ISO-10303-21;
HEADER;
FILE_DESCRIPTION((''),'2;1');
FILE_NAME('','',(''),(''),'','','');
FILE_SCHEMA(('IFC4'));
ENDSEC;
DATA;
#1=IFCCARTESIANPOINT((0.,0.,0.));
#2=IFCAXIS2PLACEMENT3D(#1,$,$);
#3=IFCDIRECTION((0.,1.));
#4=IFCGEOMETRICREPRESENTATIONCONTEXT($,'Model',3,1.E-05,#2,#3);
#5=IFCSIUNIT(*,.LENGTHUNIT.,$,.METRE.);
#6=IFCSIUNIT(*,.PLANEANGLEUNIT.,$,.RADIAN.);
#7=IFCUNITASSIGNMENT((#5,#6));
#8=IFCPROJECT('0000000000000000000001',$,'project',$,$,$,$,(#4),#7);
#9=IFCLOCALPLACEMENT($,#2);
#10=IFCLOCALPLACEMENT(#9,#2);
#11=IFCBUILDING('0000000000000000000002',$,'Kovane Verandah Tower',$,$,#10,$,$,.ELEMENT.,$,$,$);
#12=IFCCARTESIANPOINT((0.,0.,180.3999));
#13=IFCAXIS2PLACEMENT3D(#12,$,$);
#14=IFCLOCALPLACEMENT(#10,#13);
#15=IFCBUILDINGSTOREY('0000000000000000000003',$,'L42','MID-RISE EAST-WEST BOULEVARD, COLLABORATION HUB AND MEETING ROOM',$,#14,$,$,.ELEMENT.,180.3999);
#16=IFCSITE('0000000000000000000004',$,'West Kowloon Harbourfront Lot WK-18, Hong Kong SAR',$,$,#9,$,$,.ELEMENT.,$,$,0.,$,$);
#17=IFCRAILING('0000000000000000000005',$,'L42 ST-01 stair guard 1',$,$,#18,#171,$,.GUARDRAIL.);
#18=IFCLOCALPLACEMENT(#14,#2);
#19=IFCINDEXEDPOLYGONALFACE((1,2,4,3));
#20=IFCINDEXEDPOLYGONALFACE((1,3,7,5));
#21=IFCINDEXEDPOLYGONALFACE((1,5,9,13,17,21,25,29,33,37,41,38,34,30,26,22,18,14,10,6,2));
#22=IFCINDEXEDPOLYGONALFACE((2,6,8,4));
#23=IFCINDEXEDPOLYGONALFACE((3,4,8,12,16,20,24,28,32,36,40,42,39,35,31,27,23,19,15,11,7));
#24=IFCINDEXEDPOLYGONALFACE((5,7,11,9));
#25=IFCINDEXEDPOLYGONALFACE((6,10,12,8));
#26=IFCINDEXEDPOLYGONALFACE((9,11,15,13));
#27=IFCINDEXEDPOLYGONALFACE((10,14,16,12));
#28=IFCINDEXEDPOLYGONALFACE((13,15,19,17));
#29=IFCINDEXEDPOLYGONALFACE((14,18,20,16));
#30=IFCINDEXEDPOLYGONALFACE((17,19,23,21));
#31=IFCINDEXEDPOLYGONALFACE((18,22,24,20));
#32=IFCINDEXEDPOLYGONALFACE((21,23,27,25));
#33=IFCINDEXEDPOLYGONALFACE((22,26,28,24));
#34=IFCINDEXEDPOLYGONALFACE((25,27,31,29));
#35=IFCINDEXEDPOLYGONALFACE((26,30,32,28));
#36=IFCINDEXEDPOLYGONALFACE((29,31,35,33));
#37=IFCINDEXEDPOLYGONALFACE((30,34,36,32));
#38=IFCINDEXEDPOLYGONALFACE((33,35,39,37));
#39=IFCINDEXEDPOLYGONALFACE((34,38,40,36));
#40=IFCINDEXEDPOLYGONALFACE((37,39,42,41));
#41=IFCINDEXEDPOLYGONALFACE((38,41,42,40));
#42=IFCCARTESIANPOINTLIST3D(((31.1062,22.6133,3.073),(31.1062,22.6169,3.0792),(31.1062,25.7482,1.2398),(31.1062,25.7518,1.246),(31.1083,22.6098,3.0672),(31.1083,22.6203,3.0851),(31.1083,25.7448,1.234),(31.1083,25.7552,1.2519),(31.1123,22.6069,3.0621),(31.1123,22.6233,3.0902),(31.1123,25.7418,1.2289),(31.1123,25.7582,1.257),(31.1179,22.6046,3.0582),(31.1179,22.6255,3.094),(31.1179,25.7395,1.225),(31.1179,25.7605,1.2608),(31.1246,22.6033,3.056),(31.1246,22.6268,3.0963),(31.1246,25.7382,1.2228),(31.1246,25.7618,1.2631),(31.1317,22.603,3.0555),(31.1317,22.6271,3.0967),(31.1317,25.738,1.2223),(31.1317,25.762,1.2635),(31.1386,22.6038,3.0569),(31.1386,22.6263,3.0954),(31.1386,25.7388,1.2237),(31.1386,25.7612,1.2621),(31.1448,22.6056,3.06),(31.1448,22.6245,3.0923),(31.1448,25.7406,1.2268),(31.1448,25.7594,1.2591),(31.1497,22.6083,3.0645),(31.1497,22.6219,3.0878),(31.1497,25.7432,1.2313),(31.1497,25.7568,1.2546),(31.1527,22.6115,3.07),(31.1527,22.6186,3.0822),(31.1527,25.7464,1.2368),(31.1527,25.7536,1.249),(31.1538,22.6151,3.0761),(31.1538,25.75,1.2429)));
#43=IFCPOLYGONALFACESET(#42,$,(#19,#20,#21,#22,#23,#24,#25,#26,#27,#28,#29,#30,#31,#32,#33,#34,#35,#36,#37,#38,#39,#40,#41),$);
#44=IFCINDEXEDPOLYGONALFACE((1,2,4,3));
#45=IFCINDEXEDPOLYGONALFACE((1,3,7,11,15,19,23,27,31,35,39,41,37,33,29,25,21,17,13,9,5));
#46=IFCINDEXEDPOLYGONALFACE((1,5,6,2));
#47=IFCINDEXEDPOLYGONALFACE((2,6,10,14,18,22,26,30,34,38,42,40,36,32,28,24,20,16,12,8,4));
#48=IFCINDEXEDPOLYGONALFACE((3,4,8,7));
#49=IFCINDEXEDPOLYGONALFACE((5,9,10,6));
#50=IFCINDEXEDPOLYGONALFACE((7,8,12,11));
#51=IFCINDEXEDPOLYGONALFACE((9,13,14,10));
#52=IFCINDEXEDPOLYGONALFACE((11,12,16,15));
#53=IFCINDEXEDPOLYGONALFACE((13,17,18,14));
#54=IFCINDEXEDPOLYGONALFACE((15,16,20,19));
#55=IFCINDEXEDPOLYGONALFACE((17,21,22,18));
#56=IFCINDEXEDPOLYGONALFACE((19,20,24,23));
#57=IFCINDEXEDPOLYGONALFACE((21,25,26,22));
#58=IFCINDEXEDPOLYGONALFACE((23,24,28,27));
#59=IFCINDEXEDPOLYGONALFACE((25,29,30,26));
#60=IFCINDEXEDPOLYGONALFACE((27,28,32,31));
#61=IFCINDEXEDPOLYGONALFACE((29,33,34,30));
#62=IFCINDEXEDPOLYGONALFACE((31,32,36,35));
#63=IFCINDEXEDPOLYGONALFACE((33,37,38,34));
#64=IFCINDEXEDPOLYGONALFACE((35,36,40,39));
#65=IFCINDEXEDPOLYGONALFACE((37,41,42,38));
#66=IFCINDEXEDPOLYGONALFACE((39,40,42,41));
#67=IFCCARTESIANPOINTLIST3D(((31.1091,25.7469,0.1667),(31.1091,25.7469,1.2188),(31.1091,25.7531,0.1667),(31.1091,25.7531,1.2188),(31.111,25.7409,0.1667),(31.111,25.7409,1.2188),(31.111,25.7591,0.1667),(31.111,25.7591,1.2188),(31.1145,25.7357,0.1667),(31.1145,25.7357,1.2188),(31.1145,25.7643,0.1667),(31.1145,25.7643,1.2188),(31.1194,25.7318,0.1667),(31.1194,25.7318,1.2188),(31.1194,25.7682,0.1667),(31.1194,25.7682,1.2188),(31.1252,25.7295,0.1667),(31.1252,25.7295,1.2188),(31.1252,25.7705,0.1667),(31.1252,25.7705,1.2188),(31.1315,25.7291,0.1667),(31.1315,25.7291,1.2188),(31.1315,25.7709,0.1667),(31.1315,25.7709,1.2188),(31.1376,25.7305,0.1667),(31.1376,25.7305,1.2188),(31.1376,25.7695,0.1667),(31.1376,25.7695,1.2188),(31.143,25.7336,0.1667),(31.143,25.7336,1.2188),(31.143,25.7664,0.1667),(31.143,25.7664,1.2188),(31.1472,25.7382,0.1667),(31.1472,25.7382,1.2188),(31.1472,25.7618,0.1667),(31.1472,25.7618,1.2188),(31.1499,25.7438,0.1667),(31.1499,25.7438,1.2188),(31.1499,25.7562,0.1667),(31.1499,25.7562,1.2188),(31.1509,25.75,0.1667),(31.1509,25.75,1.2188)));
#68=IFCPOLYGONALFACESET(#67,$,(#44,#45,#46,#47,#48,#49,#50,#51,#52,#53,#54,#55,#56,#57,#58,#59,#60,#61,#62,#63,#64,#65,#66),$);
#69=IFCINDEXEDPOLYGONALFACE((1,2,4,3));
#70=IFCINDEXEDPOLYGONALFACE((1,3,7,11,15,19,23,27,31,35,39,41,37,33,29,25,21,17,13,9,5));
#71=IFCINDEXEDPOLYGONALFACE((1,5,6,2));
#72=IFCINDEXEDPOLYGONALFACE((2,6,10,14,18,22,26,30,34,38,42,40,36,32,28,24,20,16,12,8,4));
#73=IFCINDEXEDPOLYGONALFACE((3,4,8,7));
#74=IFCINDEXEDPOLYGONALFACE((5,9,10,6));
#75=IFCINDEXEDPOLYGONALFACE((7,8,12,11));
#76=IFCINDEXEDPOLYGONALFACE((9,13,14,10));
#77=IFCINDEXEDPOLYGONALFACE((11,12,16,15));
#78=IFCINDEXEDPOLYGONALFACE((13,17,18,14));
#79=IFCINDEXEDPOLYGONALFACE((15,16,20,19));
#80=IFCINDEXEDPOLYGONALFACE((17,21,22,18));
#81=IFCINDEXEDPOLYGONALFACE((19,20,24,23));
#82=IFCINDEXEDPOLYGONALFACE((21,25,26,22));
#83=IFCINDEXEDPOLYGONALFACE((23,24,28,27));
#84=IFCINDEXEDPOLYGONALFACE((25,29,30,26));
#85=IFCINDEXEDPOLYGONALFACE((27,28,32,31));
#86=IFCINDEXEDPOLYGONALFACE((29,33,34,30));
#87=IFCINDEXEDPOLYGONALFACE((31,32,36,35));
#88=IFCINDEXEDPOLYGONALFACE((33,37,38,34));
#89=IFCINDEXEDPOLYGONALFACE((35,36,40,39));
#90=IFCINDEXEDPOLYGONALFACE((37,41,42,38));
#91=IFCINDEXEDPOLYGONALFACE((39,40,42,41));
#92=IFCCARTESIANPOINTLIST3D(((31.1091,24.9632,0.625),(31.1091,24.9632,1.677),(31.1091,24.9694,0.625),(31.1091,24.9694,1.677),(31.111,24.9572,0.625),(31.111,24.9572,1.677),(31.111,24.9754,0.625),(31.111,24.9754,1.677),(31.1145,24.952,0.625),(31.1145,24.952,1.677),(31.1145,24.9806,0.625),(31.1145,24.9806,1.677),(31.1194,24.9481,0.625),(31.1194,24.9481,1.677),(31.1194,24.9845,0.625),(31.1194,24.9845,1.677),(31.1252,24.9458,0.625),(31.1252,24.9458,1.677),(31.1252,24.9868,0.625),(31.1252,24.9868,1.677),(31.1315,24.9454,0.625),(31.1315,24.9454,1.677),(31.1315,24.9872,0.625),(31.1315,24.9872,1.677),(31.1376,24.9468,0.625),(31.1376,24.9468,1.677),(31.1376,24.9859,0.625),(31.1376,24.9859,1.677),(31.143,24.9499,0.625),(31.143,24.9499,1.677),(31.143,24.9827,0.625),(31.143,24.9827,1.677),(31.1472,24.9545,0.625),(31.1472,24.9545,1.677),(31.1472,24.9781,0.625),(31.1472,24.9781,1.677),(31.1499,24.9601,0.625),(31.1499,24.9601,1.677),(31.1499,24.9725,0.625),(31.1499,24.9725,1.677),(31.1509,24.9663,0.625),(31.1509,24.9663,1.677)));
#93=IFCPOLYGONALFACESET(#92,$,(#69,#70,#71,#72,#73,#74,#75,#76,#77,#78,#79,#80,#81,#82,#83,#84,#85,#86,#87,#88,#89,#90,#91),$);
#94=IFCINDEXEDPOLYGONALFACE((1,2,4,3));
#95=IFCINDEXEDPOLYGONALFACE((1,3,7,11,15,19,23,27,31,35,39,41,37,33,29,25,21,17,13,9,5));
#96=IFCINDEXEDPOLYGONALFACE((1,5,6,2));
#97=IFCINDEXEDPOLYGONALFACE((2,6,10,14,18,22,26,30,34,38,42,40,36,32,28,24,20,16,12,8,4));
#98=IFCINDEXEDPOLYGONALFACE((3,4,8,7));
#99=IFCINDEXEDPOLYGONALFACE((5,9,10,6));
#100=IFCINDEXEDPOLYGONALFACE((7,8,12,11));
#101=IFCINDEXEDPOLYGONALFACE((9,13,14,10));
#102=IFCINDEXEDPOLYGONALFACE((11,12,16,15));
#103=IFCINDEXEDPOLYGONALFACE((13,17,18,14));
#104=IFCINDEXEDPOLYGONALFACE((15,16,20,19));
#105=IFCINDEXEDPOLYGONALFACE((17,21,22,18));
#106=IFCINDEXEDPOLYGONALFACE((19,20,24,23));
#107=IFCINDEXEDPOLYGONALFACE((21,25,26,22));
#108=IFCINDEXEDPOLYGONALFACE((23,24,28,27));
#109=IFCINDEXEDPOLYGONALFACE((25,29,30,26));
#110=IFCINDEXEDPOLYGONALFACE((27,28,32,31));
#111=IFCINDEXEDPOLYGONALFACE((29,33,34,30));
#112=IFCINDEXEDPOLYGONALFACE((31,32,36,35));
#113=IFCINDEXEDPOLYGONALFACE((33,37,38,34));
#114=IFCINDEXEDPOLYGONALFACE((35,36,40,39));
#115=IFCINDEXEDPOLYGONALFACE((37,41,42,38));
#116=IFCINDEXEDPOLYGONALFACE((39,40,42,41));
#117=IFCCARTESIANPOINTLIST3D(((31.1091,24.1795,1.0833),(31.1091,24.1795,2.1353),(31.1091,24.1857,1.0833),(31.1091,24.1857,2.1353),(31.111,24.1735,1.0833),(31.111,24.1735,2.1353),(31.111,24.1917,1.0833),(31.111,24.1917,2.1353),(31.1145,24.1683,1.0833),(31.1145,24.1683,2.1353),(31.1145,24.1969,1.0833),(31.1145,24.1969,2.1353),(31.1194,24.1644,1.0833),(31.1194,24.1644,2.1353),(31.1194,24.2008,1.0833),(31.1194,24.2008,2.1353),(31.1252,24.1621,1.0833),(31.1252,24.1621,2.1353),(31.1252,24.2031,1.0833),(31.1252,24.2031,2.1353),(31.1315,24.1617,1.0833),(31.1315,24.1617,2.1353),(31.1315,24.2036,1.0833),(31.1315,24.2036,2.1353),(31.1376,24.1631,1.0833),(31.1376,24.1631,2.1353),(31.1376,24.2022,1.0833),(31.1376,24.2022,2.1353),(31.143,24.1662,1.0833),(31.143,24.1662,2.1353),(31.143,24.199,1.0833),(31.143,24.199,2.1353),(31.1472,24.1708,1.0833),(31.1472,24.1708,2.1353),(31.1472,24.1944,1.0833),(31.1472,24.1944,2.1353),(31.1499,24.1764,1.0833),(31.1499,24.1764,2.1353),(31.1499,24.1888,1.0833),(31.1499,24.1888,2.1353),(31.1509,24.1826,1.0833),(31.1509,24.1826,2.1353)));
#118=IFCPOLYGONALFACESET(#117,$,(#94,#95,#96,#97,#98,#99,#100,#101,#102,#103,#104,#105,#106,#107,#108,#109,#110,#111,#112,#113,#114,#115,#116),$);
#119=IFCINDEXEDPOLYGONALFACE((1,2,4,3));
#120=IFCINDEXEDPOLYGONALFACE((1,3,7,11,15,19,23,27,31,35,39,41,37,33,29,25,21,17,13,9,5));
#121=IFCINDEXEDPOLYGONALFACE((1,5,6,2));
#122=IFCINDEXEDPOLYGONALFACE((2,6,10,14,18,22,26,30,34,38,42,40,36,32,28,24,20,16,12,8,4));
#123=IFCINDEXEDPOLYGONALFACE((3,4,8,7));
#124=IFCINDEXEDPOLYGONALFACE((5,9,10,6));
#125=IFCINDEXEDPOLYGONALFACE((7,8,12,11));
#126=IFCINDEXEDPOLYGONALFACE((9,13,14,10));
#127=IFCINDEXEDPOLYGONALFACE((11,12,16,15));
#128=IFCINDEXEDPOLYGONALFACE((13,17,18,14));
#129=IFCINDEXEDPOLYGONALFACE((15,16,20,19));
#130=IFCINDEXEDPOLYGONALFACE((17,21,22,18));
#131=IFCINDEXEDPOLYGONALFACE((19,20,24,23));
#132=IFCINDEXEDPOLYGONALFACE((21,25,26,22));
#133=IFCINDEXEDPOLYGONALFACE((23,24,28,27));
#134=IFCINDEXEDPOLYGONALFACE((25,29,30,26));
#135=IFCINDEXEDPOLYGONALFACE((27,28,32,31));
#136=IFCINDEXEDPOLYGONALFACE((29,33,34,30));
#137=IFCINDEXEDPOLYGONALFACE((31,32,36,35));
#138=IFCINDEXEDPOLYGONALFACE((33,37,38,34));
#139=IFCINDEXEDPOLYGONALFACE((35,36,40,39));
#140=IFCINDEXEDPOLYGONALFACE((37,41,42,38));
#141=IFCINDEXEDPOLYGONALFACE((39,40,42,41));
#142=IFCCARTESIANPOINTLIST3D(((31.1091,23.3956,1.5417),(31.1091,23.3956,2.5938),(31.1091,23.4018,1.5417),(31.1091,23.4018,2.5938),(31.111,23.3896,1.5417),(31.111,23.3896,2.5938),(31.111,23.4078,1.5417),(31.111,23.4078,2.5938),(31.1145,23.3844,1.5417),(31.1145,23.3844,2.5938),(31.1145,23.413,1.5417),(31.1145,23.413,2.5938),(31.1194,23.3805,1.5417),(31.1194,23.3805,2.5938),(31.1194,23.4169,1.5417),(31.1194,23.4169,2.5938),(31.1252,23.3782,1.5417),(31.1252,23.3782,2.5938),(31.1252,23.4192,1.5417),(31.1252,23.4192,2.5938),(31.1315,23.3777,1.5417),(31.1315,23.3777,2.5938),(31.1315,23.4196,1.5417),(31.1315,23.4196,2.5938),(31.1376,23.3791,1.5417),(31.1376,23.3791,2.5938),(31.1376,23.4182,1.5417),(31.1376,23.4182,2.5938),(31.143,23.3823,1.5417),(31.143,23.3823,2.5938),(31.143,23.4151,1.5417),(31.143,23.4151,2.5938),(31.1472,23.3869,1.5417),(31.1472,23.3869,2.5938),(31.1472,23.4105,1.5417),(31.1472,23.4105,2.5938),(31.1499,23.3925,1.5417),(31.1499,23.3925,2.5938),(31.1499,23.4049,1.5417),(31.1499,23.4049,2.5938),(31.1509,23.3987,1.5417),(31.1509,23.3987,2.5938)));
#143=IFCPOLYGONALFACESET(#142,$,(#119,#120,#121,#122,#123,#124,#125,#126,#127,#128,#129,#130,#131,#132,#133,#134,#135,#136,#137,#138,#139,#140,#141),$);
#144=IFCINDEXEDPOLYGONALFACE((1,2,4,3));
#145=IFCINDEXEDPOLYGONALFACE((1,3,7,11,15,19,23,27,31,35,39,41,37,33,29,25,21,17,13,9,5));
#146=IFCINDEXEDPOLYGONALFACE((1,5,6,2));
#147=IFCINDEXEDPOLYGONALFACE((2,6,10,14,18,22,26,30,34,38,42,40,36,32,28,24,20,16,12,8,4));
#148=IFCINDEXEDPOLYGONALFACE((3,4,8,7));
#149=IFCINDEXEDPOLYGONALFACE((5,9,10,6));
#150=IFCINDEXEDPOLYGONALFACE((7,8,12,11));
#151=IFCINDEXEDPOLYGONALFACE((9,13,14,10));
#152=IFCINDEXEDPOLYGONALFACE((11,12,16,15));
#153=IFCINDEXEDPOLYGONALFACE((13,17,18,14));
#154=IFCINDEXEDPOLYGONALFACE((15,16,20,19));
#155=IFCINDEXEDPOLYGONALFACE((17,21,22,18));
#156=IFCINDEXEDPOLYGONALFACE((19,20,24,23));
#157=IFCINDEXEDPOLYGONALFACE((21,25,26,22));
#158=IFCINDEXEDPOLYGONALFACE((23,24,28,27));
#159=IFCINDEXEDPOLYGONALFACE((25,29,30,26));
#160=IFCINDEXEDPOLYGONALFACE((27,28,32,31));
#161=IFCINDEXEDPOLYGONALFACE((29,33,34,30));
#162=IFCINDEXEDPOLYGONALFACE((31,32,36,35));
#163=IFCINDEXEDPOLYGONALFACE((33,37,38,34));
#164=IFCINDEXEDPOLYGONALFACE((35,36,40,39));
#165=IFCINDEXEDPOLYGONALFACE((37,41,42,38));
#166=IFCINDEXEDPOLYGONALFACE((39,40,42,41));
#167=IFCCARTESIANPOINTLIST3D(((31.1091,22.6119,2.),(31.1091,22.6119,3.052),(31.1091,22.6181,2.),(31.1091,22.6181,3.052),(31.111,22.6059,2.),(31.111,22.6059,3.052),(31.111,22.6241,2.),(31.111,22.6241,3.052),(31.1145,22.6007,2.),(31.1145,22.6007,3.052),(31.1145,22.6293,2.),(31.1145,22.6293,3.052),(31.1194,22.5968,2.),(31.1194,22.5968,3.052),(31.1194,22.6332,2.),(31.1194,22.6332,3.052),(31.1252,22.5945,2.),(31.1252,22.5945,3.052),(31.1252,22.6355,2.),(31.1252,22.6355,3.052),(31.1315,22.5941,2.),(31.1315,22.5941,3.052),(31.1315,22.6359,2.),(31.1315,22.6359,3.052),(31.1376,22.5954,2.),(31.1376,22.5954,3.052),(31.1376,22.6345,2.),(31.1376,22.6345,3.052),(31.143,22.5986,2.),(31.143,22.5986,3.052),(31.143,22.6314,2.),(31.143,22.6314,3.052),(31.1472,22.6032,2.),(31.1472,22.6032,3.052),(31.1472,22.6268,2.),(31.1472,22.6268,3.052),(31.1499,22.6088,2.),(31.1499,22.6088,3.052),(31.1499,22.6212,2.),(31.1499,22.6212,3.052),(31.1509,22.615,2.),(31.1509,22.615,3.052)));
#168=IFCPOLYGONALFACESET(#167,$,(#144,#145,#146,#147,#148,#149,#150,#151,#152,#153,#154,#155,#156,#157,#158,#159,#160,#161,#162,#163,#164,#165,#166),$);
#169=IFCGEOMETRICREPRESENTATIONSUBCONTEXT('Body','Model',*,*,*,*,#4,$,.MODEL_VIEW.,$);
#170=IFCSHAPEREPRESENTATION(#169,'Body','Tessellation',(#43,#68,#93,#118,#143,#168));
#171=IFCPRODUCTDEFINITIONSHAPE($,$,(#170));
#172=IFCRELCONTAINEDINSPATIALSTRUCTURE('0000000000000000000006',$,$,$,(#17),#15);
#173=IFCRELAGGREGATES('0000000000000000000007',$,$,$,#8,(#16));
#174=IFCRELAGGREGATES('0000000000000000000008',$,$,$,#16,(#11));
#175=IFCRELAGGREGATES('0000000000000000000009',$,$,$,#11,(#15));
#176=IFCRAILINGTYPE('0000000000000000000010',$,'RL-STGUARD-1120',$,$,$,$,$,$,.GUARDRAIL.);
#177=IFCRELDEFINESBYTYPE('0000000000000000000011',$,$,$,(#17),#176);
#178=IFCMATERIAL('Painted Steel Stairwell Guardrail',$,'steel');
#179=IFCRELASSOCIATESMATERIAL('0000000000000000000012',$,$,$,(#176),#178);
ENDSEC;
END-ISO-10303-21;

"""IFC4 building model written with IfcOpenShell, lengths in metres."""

from ifc_helpers import new_model, si_unit, direction, frame, origin, origin_2d, place, context, subcontext, project, spatial, circle, extrude, material, type_object, element, save


model = new_model("IFC4")

# Units and contexts
model_context = context("Model", 3, precision=1e-05, world=origin(), true_north=direction((0.0, 1.0)))
body_context = subcontext(model_context, "Body", "Model", "MODEL_VIEW")
ifc_project = project(units=[si_unit("LENGTHUNIT", "METRE"), si_unit("PLANEANGLEUNIT", "RADIAN")], contexts=[model_context])

# Site, building, storey
site_placement = place(None, origin())
site = spatial("IfcSite", under=ifc_project, at=site_placement, Name="West Kowloon Harbourfront Lot WK-18, Hong Kong SAR", CompositionType="ELEMENT", RefElevation=0.0)
building_placement = place(site_placement, origin())
building = spatial("IfcBuilding", under=site, at=building_placement, Name="Kovane Verandah Tower", CompositionType="ELEMENT")
storey_placement = place(building_placement, frame((0.0, 0.0, 180.3999)))
storey = spatial("IfcBuildingStorey", under=building, at=storey_placement, Name="L42", Description="MID-RISE EAST-WEST BOULEVARD, COLLABORATION HUB AND MEETING ROOM", CompositionType="ELEMENT", Elevation=180.3999)

# Railing
ifc_material_1 = material(Name="Painted Steel Stairwell Guardrail", Category="steel")
railing_type_1 = type_object("IfcRailingType", Name="RL-STGUARD-1120", PredefinedType="GUARDRAIL", material=ifc_material_1)
railing_1_placement = place(storey_placement, frame((31.1299, 25.75, 0.1667)))
element("IfcRailing", 1, at=railing_1_placement, inside=storey, type_object=railing_type_1, Name="L42 ST-01 stair guard 1", PredefinedType="GUARDRAIL", context=body_context, shape_type="SweptSolid", body=[
    extrude(circle(Radius=0.0239, at=origin_2d()), frame((0.0, 0.0, 1.0762), z_axis=(0.0, -0.86324, 0.504794), x_axis=(1.0, 0.0, 0.0)), (0.0, 0.0, 1.0), 3.6316),
    extrude(circle(Radius=0.021, at=origin_2d()), origin(), (0.0, 0.0, 1.0), 1.052),
    extrude(circle(Radius=0.021, at=origin_2d()), frame((0.0, -0.7837, 0.4583)), (0.0, 0.0, 1.0), 1.052),
    extrude(circle(Radius=0.021, at=origin_2d()), frame((0.0, -1.5674, 0.9165)), (0.0, 0.0, 1.0), 1.052),
    extrude(circle(Radius=0.021, at=origin_2d()), frame((0.0, -2.3513, 1.375)), (0.0, 0.0, 1.0), 1.052),
    extrude(circle(Radius=0.021, at=origin_2d()), frame((0.0, -3.135, 1.8333)), (0.0, 0.0, 1.0), 1.052),
])

save(model, "model.ifc")
